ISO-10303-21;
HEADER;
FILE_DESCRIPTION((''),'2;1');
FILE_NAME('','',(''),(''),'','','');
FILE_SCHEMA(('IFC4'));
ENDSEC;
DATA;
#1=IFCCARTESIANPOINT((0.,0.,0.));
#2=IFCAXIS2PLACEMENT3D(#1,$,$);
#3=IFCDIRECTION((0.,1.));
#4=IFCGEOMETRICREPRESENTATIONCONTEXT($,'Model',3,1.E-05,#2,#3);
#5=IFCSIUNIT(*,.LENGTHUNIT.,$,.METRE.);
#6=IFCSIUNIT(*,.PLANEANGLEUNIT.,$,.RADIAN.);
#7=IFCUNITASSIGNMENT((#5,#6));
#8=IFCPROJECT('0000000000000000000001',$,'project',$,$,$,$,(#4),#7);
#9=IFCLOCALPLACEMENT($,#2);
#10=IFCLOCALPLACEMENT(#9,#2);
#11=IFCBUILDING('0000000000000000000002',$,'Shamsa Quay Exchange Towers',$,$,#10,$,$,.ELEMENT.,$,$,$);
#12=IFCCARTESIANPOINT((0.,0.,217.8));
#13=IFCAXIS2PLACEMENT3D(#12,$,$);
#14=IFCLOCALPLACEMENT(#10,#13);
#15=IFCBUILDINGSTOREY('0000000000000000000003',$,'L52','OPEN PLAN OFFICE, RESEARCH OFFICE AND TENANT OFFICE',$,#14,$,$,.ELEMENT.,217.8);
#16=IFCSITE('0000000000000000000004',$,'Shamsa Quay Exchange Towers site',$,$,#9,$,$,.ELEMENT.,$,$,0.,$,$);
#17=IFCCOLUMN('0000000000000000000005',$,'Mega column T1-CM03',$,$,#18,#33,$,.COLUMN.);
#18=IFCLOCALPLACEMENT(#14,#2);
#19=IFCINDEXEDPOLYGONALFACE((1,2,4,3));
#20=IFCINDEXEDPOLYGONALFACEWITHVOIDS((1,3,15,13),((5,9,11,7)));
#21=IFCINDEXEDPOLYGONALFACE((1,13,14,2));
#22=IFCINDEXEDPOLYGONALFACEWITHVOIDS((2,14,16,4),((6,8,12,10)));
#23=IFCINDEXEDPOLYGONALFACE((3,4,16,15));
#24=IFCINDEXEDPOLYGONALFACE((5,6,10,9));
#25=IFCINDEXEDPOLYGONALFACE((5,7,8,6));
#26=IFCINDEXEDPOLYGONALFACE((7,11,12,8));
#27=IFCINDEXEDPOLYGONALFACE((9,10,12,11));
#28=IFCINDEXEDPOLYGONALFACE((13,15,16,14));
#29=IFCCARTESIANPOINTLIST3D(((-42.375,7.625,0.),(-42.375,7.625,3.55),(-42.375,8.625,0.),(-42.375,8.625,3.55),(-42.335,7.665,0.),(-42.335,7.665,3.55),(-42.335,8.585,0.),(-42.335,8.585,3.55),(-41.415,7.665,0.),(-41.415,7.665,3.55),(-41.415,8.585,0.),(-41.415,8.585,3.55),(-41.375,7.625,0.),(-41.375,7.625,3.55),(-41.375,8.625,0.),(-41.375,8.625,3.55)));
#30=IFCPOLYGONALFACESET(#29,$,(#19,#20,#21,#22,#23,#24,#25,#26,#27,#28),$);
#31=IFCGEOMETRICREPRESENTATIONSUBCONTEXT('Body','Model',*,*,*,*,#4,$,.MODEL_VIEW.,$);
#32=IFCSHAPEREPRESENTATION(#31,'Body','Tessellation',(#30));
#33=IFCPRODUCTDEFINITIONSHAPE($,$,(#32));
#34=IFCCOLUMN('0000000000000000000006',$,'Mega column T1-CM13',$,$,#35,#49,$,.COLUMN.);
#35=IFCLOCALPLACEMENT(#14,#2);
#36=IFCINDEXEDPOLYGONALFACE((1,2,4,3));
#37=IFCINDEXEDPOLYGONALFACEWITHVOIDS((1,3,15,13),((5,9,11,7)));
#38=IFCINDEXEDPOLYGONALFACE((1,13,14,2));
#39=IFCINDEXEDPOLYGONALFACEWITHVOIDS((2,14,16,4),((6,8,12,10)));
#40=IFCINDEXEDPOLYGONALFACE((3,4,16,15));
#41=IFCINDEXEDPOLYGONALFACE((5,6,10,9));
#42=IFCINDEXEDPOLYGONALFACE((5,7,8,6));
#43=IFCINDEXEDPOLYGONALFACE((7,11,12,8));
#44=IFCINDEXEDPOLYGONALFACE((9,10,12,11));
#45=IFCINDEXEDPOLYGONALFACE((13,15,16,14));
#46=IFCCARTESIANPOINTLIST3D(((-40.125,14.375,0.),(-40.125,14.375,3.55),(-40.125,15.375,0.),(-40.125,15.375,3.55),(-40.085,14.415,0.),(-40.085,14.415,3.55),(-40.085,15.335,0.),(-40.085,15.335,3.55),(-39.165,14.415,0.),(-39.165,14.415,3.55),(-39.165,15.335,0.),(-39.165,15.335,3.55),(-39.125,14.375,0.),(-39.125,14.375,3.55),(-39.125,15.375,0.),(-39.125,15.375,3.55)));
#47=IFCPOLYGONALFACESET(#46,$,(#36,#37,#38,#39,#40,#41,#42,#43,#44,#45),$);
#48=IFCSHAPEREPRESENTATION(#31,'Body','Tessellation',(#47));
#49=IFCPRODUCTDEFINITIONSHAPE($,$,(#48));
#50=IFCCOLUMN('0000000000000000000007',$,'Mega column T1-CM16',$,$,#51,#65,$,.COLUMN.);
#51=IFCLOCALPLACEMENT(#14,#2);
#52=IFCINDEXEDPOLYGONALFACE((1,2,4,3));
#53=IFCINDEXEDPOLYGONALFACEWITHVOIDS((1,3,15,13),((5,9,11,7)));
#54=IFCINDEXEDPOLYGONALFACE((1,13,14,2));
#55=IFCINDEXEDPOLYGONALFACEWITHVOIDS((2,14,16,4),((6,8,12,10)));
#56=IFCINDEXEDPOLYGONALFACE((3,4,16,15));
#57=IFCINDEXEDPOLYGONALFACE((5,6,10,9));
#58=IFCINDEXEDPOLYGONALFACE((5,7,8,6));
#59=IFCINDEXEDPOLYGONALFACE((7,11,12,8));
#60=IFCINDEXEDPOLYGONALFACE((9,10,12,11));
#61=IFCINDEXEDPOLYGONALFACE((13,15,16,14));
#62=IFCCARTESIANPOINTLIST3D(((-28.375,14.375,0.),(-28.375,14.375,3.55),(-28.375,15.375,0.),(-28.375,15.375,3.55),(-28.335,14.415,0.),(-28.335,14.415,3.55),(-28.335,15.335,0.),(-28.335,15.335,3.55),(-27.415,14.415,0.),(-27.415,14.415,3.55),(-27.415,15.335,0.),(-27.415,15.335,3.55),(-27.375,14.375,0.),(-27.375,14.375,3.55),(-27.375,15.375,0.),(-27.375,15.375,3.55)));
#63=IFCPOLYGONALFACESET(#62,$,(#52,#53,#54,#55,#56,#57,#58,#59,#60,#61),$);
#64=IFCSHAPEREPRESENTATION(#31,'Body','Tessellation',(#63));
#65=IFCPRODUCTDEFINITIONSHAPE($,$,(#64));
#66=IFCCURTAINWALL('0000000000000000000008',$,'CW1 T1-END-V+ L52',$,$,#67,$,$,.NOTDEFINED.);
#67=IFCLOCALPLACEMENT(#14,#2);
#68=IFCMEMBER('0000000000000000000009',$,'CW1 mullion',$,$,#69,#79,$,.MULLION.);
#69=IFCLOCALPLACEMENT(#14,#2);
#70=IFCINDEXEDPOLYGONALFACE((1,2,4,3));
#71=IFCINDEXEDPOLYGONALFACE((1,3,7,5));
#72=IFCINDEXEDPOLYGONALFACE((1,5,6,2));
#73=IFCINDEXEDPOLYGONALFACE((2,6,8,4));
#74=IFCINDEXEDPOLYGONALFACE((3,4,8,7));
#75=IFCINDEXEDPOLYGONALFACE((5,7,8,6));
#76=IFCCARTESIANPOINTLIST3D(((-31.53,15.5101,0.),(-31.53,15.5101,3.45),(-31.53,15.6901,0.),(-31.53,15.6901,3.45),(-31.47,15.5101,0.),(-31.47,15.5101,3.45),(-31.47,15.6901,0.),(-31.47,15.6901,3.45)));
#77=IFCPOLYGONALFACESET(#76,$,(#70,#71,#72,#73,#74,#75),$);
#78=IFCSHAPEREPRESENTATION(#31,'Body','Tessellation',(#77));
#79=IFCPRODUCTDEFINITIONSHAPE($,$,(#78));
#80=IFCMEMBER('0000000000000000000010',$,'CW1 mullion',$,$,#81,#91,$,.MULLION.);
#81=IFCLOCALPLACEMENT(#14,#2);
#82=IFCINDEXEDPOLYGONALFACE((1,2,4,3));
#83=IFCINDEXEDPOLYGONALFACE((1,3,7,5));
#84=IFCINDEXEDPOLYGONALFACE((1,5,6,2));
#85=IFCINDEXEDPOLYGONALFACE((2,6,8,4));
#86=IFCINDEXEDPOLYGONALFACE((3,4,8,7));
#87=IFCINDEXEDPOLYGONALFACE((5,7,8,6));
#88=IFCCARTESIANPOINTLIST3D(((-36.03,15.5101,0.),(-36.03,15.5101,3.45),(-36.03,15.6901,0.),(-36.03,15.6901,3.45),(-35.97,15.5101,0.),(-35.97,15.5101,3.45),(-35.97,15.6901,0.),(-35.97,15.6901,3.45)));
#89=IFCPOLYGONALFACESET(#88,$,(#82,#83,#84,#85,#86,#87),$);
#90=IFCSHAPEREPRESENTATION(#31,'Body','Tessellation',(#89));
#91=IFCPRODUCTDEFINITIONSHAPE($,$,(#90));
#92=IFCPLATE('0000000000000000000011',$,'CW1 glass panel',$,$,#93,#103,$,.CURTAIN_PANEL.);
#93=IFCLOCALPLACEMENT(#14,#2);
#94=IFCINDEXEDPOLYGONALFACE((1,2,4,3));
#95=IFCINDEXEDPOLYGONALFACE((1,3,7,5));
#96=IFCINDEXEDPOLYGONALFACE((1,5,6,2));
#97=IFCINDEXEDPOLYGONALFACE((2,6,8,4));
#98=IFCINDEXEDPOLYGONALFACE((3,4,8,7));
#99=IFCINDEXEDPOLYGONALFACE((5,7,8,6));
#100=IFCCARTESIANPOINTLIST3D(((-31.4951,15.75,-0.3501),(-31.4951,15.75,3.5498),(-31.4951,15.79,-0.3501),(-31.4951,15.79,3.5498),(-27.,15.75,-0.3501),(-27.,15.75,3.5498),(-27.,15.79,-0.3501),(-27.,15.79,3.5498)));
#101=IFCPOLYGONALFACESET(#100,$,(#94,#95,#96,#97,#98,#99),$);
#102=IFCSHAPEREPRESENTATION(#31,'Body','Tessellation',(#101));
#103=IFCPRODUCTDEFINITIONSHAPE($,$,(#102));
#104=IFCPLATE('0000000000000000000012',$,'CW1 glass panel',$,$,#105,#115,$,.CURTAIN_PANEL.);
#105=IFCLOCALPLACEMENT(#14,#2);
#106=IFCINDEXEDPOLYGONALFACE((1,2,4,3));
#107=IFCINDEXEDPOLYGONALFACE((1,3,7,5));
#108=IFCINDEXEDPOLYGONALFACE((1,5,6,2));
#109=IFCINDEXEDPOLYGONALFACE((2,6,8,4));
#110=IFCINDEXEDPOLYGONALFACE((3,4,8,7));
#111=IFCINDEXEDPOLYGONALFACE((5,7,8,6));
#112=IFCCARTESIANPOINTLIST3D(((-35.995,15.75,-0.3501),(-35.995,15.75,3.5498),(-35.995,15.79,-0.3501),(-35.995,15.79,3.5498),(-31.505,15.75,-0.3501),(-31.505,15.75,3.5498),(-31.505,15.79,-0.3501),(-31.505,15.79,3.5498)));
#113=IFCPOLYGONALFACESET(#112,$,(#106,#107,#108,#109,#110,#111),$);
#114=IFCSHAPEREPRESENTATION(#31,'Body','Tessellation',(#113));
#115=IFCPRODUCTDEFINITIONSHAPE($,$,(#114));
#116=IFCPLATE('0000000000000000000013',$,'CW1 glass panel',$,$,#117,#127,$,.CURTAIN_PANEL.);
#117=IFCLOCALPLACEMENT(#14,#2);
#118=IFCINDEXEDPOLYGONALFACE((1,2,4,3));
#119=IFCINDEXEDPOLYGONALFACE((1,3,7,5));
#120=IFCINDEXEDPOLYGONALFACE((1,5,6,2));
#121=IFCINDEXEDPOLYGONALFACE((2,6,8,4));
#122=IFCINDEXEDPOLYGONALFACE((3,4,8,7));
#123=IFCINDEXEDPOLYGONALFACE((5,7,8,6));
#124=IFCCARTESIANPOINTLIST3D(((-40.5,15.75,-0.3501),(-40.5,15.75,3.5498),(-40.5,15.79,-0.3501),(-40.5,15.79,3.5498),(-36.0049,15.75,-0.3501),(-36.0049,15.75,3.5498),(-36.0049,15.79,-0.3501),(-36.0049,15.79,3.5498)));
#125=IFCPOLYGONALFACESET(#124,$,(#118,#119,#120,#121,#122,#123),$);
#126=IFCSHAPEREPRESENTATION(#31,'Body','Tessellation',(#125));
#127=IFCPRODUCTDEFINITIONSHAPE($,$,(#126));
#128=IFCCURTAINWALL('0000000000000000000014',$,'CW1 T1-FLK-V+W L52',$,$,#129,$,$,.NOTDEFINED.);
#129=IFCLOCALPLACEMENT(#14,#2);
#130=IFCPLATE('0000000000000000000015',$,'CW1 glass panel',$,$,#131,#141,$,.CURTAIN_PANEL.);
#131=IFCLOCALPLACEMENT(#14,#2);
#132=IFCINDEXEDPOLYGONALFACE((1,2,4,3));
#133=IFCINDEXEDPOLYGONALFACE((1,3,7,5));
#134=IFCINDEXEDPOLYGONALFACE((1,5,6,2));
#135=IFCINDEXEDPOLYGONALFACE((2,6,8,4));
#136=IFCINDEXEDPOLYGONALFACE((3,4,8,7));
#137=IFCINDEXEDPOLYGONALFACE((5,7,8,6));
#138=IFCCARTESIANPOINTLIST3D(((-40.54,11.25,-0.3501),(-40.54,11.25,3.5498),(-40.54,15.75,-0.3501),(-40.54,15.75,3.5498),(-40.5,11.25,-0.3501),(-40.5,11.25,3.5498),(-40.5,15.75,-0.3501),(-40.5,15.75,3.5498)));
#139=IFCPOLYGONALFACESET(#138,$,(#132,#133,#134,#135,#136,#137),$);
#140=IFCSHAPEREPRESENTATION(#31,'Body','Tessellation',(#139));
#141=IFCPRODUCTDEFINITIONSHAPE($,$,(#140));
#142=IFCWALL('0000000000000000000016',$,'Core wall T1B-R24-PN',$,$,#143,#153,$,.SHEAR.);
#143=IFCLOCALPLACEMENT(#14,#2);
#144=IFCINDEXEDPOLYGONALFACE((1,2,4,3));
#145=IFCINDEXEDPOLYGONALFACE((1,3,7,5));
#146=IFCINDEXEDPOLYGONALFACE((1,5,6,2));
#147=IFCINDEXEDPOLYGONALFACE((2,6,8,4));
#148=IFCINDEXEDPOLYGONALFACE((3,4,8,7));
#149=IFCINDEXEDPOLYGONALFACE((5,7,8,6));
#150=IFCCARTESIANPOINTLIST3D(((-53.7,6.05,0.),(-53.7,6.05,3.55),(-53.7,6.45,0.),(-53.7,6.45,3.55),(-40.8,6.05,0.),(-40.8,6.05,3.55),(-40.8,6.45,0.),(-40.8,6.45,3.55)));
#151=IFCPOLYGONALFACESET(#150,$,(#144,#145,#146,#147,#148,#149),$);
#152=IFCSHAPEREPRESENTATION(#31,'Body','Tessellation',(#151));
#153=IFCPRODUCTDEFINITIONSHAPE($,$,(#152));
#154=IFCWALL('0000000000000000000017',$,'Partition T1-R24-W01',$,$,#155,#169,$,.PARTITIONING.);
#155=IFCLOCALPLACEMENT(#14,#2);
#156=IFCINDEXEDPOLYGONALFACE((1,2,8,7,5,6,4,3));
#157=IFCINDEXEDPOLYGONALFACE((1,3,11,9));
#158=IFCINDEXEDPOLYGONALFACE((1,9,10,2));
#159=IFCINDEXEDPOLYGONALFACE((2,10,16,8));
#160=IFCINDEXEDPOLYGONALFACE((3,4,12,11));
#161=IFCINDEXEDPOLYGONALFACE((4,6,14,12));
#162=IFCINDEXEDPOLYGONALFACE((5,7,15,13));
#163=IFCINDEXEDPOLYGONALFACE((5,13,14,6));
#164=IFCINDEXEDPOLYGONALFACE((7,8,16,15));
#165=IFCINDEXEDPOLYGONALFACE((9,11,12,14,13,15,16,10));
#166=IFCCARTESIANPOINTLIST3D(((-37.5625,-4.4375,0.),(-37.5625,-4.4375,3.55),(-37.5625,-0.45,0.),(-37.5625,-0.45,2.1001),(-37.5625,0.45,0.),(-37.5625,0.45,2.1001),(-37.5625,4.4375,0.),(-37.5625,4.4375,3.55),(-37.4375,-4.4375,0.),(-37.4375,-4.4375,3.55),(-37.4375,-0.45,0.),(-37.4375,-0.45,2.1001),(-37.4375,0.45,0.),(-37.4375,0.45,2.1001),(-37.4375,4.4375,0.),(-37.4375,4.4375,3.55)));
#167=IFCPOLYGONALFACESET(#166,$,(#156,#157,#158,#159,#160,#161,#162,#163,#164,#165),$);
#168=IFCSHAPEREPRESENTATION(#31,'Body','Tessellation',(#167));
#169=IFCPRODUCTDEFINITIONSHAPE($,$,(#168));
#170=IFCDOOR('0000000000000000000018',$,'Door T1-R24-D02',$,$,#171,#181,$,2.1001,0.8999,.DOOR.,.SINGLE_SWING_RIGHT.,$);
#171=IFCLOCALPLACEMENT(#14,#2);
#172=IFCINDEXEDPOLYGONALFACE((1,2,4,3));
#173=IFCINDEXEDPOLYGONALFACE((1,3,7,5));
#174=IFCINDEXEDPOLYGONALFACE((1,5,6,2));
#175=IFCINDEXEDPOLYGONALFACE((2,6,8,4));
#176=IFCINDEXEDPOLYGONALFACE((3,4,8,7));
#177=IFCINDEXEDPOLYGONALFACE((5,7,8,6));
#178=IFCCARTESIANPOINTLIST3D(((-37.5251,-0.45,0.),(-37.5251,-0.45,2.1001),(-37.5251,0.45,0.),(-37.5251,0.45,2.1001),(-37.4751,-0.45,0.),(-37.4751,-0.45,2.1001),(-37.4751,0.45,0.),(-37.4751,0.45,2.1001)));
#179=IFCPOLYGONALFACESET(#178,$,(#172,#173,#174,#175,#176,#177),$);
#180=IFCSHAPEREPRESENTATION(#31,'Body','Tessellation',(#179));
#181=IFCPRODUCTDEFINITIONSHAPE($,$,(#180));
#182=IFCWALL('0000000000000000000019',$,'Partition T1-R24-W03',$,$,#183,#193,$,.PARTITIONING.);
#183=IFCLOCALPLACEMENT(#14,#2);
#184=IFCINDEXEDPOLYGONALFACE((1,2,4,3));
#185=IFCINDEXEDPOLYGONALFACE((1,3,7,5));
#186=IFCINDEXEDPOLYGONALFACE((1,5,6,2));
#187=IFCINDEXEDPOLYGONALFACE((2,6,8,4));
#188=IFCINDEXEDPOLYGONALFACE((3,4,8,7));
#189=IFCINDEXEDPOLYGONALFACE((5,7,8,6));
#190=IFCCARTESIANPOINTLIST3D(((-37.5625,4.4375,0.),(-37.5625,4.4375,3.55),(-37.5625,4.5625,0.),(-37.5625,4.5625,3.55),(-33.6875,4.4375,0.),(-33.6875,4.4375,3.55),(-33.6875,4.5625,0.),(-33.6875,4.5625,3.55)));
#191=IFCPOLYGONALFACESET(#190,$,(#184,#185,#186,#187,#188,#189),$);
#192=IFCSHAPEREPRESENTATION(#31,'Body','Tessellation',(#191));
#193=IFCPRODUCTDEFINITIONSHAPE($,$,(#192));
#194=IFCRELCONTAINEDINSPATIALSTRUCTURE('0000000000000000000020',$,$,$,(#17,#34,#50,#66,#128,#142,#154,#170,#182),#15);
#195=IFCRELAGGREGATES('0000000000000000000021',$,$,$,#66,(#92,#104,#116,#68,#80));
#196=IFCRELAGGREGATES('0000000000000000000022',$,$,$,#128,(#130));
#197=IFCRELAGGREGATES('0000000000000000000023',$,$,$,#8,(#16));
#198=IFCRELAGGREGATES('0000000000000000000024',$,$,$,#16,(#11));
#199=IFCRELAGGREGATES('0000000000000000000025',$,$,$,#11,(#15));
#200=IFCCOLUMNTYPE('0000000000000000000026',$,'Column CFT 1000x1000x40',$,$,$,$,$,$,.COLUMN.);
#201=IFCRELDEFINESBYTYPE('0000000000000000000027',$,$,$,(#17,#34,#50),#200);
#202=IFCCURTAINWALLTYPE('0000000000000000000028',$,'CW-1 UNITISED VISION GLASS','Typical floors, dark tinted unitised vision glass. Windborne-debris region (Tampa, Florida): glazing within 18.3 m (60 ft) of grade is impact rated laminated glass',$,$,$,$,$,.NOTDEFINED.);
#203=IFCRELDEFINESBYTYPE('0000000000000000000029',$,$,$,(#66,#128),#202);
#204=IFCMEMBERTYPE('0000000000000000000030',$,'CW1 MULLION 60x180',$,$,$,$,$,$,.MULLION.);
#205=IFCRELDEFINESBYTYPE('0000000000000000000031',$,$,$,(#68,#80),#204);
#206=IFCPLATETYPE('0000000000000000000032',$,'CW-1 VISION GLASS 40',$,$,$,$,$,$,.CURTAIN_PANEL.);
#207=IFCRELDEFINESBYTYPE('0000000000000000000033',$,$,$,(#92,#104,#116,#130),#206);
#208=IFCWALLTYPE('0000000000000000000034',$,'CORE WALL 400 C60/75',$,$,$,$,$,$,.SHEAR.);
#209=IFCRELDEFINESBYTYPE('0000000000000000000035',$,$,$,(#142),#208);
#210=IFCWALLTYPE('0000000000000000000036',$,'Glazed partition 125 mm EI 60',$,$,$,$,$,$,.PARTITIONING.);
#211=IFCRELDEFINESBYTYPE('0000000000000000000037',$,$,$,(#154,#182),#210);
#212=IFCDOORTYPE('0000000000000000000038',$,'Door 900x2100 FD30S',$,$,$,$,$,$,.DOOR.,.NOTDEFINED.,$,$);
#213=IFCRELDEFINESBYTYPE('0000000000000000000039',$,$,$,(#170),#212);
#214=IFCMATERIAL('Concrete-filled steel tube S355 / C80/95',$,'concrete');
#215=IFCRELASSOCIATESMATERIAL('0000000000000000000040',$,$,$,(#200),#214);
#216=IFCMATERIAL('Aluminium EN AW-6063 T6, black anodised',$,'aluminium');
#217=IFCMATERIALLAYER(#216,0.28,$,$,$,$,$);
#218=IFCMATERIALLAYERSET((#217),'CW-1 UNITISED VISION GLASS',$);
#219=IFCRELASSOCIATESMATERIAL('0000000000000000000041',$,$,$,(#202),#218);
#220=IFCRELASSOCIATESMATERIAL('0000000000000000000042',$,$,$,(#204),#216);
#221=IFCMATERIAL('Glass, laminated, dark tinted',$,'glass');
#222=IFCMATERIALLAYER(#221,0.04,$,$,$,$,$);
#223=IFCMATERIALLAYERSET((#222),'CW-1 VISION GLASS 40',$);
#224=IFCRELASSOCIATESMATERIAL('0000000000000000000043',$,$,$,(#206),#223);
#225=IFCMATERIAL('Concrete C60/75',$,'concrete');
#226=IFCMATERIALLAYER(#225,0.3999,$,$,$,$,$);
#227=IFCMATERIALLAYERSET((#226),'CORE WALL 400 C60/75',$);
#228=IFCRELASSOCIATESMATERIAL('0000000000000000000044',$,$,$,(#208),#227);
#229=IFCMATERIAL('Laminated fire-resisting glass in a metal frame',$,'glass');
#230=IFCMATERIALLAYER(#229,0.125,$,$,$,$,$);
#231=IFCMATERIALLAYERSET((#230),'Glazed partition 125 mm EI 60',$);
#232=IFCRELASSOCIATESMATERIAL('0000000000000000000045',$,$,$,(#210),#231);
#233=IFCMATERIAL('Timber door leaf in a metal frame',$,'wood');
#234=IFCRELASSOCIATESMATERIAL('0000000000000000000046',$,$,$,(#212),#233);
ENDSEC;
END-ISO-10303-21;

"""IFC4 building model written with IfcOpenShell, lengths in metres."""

from ifc_helpers import new_model, si_unit, direction, frame, frame_2d, origin, origin_2d, place, context, subcontext, project, spatial, rectangle, hollow_rectangle, extrude, material, layer, layer_set, material_profile, profile_set, type_object, element, fill, aggregate, save


model = new_model("IFC4")

# Units and contexts
model_context = context("Model", 3, precision=1e-05, world=origin(), true_north=direction((0.0, 1.0)))
body_context = subcontext(model_context, "Body", "Model", "MODEL_VIEW")
ifc_project = project(units=[si_unit("LENGTHUNIT", "METRE"), si_unit("PLANEANGLEUNIT", "RADIAN")], contexts=[model_context])

# Site, building, storey
site_placement = place(None, origin())
site = spatial("IfcSite", under=ifc_project, at=site_placement, Name="Shamsa Quay Exchange Towers site", CompositionType="ELEMENT", RefElevation=0.0)
building_placement = place(site_placement, origin())
building = spatial("IfcBuilding", under=site, at=building_placement, Name="Shamsa Quay Exchange Towers", CompositionType="ELEMENT")
storey_placement = place(building_placement, frame((0.0, 0.0, 217.8)))
storey = spatial("IfcBuildingStorey", under=building, at=storey_placement, Name="L52", Description="OPEN PLAN OFFICE, RESEARCH OFFICE AND TENANT OFFICE", CompositionType="ELEMENT", Elevation=217.8)

# Columns
ifc_material_1 = material(Name="Concrete-filled steel tube S355 / C80/95", Category="concrete")
ifc_material_profile_1 = material_profile(ifc_material_1, hollow_rectangle(XDim=1.0, YDim=1.0, WallThickness=0.04, at=origin_2d()), Name="CFT 1000x1000x40")
ifc_profile_set_1 = profile_set([ifc_material_profile_1], Name="Concrete-filled steel tube S355 / C80/95")
column_type = type_object("IfcColumnType", Name="Column CFT 1000x1000x40", PredefinedType="COLUMN", material=ifc_profile_set_1)
for number, where, name in (
    (1, (-41.875, 8.125, 0.0), "Mega column T1-CM03"),
    (2, (-39.625, 14.875, 0.0), "Mega column T1-CM13"),
    (3, (-27.875, 14.875, 0.0), "Mega column T1-CM16"),
):
    element("IfcColumn", number, at=place(storey_placement, frame(where)), inside=storey, type_object=column_type, Name=name, PredefinedType="COLUMN", context=body_context, shape_type="SweptSolid", body=[
        extrude(hollow_rectangle(XDim=1.0, YDim=1.0, WallThickness=0.04, at=origin_2d()), origin(), (0.0, 0.0, 1.0), 3.55),
    ])

# Curtain wall, members, plates
ifc_material_2 = material(Name="Aluminium EN AW-6063 T6, black anodised", Category="aluminium")
ifc_layer_1 = layer(ifc_material_2, 0.28)
ifc_layer_set_1 = layer_set([ifc_layer_1], Name="CW-1 UNITISED VISION GLASS")
curtain_wall_type = type_object("IfcCurtainWallType", Name="CW-1 UNITISED VISION GLASS", Description="Typical floors, dark tinted unitised vision glass. Windborne-debris region (Tampa, Florida): glazing within 18.3 m (60 ft) of grade is impact rated laminated glass", PredefinedType="NOTDEFINED", material=ifc_layer_set_1)
curtain_wall_1_placement = place(storey_placement, origin())
curtain_wall_1 = element("IfcCurtainWall", 4, at=curtain_wall_1_placement, inside=storey, type_object=curtain_wall_type, Name="CW1 T1-END-V+ L52", PredefinedType="NOTDEFINED")
ifc_material_profile_2 = material_profile(ifc_material_2, rectangle(XDim=0.1799, YDim=0.0601, at=origin_2d()), Name="MU60x180")
ifc_profile_set_2 = profile_set([ifc_material_profile_2], Name="Aluminium EN AW-6063 T6, black anodised")
member_type = type_object("IfcMemberType", Name="CW1 MULLION 60x180", PredefinedType="MULLION", material=ifc_profile_set_2)
member_1_placement = place(storey_placement, frame((-31.5, 15.6001, 0.0), z_axis=(0.0, 0.0, 1.0), x_axis=(0.0, -1.0, 0.0)))
member_1 = element("IfcMember", 5, at=member_1_placement, type_object=member_type, Name="CW1 mullion", PredefinedType="MULLION", context=body_context, shape_type="SweptSolid", body=[
    extrude(rectangle(XDim=0.1799, YDim=0.0601, at=origin_2d()), origin(), (0.0, 0.0, 1.0), 3.45),
])
member_2_placement = place(storey_placement, frame((-36.0, 15.6001, 0.0), z_axis=(0.0, 0.0, 1.0), x_axis=(0.0, -1.0, 0.0)))
member_2 = element("IfcMember", 6, at=member_2_placement, type_object=member_type, Name="CW1 mullion", PredefinedType="MULLION", context=body_context, shape_type="SweptSolid", body=[
    extrude(rectangle(XDim=0.1799, YDim=0.0601, at=origin_2d()), origin(), (0.0, 0.0, 1.0), 3.45),
])
ifc_material_3 = material(Name="Glass, laminated, dark tinted", Category="glass")
ifc_layer_2 = layer(ifc_material_3, 0.04)
ifc_layer_set_2 = layer_set([ifc_layer_2], Name="CW-1 VISION GLASS 40")
plate_type = type_object("IfcPlateType", Name="CW-1 VISION GLASS 40", PredefinedType="CURTAIN_PANEL", material=ifc_layer_set_2)
plate_1_placement = place(storey_placement, frame((-29.2476, 15.77, -0.3501), z_axis=(0.0, 0.0, 1.0), x_axis=(-1.0, 0.0, 0.0)))
plate_1 = element("IfcPlate", 7, at=plate_1_placement, type_object=plate_type, Name="CW1 glass panel", PredefinedType="CURTAIN_PANEL", context=body_context, shape_type="SweptSolid", body=[
    extrude(rectangle(XDim=4.4951, YDim=0.04, at=origin_2d()), origin(), (0.0, 0.0, 1.0), 3.8999),
])
plate_2_placement = place(storey_placement, frame((-33.75, 15.77, -0.3501), z_axis=(0.0, 0.0, 1.0), x_axis=(-1.0, 0.0, 0.0)))
plate_2 = element("IfcPlate", 8, at=plate_2_placement, type_object=plate_type, Name="CW1 glass panel", PredefinedType="CURTAIN_PANEL", context=body_context, shape_type="SweptSolid", body=[
    extrude(rectangle(XDim=4.49, YDim=0.04, at=origin_2d()), origin(), (0.0, 0.0, 1.0), 3.8999),
])
plate_3_placement = place(storey_placement, frame((-38.2524, 15.77, -0.3501), z_axis=(0.0, 0.0, 1.0), x_axis=(-1.0, 0.0, 0.0)))
plate_3 = element("IfcPlate", 9, at=plate_3_placement, type_object=plate_type, Name="CW1 glass panel", PredefinedType="CURTAIN_PANEL", context=body_context, shape_type="SweptSolid", body=[
    extrude(rectangle(XDim=4.4951, YDim=0.04, at=origin_2d()), origin(), (0.0, 0.0, 1.0), 3.8999),
])
aggregate(curtain_wall_1, [plate_1, plate_2, plate_3, member_1, member_2])

# Curtain wall, plate
curtain_wall_2_placement = place(storey_placement, origin())
curtain_wall_2 = element("IfcCurtainWall", 10, at=curtain_wall_2_placement, inside=storey, type_object=curtain_wall_type, Name="CW1 T1-FLK-V+W L52", PredefinedType="NOTDEFINED")
plate_4_placement = place(storey_placement, frame((-40.52, 13.5, -0.3501), z_axis=(0.0, 0.0, 1.0), x_axis=(0.0, -1.0, 0.0)))
plate_4 = element("IfcPlate", 11, at=plate_4_placement, type_object=plate_type, Name="CW1 glass panel", PredefinedType="CURTAIN_PANEL", context=body_context, shape_type="SweptSolid", body=[
    extrude(rectangle(XDim=4.5, YDim=0.04, at=origin_2d()), origin(), (0.0, 0.0, 1.0), 3.8999),
])
aggregate(curtain_wall_2, [plate_4])

# Wall
ifc_material_4 = material(Name="Concrete C60/75", Category="concrete")
ifc_layer_3 = layer(ifc_material_4, 0.3999)
ifc_layer_set_3 = layer_set([ifc_layer_3], Name="CORE WALL 400 C60/75")
wall_type_1 = type_object("IfcWallType", Name="CORE WALL 400 C60/75", PredefinedType="SHEAR", material=ifc_layer_set_3)
wall_1_placement = place(storey_placement, frame((-40.8, 6.25, 0.0), z_axis=(0.0, 0.0, 1.0), x_axis=(-1.0, 0.0, 0.0)))
element("IfcWall", 12, at=wall_1_placement, inside=storey, type_object=wall_type_1, Name="Core wall T1B-R24-PN", PredefinedType="SHEAR", context=body_context, shape_type="SweptSolid", body=[
    extrude(rectangle(XDim=12.8999, YDim=0.3999, at=frame_2d((6.45, 0.0))), origin(), (0.0, 0.0, 1.0), 3.55),
])

# Wall, opening, door
ifc_material_5 = material(Name="Laminated fire-resisting glass in a metal frame", Category="glass")
ifc_layer_4 = layer(ifc_material_5, 0.125)
ifc_layer_set_4 = layer_set([ifc_layer_4], Name="Glazed partition 125 mm EI 60")
wall_type_2 = type_object("IfcWallType", Name="Glazed partition 125 mm EI 60", PredefinedType="PARTITIONING", material=ifc_layer_set_4)
wall_2_placement = place(storey_placement, frame((-37.5, 4.4375, 0.0), z_axis=(0.0, 0.0, 1.0), x_axis=(0.0, -1.0, 0.0)))
wall_2 = element("IfcWall", 13, at=wall_2_placement, inside=storey, type_object=wall_type_2, Name="Partition T1-R24-W01", PredefinedType="PARTITIONING", context=body_context, shape_type="SweptSolid", body=[
    extrude(rectangle(XDim=8.875, YDim=0.125, at=frame_2d((4.4375, 0.0))), origin(), (0.0, 0.0, 1.0), 3.55),
])
opening_1_placement = place(wall_2_placement, frame((3.9875, 0.0, 0.0)))
opening_1 = element("IfcOpeningElement", 14, at=opening_1_placement, cuts=wall_2, PredefinedType="OPENING", context=body_context, shape_type="SweptSolid", body=[
    extrude(rectangle(XDim=0.8999, YDim=2.1001, at=frame_2d((0.45, 1.05))), frame((0.0, 0.0725, 0.0), z_axis=(0.0, -1.0, 0.0), x_axis=(1.0, 0.0, 0.0)), (0.0, 0.0, 1.0), 0.145),
])
ifc_material_6 = material(Name="Timber door leaf in a metal frame", Category="wood")
door_type_1 = type_object("IfcDoorType", Name="Door 900x2100 FD30S", OperationType="NOTDEFINED", PredefinedType="DOOR", material=ifc_material_6)
door_1_placement = place(opening_1_placement, origin())
door_1 = element("IfcDoor", 15, at=door_1_placement, inside=storey, type_object=door_type_1, Name="Door T1-R24-D02", OperationType="SINGLE_SWING_RIGHT", OverallHeight=2.1001, OverallWidth=0.8999, PredefinedType="DOOR", context=body_context, shape_type="SweptSolid", body=[
    extrude(rectangle(XDim=0.8999, YDim=2.1001, at=frame_2d((0.45, 1.05))), frame((0.0, 0.0249, 0.0), z_axis=(0.0, -1.0, 0.0), x_axis=(1.0, 0.0, 0.0)), (0.0, 0.0, 1.0), 0.05),
])
fill(opening_1, door_1)

# Wall
wall_3_placement = place(storey_placement, frame((-33.6875, 4.5, 0.0), z_axis=(0.0, 0.0, 1.0), x_axis=(-1.0, 0.0, 0.0)))
element("IfcWall", 16, at=wall_3_placement, inside=storey, type_object=wall_type_2, Name="Partition T1-R24-W03", PredefinedType="PARTITIONING", context=body_context, shape_type="SweptSolid", body=[
    extrude(rectangle(XDim=3.875, YDim=0.125, at=frame_2d((1.9375, 0.0))), origin(), (0.0, 0.0, 1.0), 3.55),
])

save(model, "model.ifc")
